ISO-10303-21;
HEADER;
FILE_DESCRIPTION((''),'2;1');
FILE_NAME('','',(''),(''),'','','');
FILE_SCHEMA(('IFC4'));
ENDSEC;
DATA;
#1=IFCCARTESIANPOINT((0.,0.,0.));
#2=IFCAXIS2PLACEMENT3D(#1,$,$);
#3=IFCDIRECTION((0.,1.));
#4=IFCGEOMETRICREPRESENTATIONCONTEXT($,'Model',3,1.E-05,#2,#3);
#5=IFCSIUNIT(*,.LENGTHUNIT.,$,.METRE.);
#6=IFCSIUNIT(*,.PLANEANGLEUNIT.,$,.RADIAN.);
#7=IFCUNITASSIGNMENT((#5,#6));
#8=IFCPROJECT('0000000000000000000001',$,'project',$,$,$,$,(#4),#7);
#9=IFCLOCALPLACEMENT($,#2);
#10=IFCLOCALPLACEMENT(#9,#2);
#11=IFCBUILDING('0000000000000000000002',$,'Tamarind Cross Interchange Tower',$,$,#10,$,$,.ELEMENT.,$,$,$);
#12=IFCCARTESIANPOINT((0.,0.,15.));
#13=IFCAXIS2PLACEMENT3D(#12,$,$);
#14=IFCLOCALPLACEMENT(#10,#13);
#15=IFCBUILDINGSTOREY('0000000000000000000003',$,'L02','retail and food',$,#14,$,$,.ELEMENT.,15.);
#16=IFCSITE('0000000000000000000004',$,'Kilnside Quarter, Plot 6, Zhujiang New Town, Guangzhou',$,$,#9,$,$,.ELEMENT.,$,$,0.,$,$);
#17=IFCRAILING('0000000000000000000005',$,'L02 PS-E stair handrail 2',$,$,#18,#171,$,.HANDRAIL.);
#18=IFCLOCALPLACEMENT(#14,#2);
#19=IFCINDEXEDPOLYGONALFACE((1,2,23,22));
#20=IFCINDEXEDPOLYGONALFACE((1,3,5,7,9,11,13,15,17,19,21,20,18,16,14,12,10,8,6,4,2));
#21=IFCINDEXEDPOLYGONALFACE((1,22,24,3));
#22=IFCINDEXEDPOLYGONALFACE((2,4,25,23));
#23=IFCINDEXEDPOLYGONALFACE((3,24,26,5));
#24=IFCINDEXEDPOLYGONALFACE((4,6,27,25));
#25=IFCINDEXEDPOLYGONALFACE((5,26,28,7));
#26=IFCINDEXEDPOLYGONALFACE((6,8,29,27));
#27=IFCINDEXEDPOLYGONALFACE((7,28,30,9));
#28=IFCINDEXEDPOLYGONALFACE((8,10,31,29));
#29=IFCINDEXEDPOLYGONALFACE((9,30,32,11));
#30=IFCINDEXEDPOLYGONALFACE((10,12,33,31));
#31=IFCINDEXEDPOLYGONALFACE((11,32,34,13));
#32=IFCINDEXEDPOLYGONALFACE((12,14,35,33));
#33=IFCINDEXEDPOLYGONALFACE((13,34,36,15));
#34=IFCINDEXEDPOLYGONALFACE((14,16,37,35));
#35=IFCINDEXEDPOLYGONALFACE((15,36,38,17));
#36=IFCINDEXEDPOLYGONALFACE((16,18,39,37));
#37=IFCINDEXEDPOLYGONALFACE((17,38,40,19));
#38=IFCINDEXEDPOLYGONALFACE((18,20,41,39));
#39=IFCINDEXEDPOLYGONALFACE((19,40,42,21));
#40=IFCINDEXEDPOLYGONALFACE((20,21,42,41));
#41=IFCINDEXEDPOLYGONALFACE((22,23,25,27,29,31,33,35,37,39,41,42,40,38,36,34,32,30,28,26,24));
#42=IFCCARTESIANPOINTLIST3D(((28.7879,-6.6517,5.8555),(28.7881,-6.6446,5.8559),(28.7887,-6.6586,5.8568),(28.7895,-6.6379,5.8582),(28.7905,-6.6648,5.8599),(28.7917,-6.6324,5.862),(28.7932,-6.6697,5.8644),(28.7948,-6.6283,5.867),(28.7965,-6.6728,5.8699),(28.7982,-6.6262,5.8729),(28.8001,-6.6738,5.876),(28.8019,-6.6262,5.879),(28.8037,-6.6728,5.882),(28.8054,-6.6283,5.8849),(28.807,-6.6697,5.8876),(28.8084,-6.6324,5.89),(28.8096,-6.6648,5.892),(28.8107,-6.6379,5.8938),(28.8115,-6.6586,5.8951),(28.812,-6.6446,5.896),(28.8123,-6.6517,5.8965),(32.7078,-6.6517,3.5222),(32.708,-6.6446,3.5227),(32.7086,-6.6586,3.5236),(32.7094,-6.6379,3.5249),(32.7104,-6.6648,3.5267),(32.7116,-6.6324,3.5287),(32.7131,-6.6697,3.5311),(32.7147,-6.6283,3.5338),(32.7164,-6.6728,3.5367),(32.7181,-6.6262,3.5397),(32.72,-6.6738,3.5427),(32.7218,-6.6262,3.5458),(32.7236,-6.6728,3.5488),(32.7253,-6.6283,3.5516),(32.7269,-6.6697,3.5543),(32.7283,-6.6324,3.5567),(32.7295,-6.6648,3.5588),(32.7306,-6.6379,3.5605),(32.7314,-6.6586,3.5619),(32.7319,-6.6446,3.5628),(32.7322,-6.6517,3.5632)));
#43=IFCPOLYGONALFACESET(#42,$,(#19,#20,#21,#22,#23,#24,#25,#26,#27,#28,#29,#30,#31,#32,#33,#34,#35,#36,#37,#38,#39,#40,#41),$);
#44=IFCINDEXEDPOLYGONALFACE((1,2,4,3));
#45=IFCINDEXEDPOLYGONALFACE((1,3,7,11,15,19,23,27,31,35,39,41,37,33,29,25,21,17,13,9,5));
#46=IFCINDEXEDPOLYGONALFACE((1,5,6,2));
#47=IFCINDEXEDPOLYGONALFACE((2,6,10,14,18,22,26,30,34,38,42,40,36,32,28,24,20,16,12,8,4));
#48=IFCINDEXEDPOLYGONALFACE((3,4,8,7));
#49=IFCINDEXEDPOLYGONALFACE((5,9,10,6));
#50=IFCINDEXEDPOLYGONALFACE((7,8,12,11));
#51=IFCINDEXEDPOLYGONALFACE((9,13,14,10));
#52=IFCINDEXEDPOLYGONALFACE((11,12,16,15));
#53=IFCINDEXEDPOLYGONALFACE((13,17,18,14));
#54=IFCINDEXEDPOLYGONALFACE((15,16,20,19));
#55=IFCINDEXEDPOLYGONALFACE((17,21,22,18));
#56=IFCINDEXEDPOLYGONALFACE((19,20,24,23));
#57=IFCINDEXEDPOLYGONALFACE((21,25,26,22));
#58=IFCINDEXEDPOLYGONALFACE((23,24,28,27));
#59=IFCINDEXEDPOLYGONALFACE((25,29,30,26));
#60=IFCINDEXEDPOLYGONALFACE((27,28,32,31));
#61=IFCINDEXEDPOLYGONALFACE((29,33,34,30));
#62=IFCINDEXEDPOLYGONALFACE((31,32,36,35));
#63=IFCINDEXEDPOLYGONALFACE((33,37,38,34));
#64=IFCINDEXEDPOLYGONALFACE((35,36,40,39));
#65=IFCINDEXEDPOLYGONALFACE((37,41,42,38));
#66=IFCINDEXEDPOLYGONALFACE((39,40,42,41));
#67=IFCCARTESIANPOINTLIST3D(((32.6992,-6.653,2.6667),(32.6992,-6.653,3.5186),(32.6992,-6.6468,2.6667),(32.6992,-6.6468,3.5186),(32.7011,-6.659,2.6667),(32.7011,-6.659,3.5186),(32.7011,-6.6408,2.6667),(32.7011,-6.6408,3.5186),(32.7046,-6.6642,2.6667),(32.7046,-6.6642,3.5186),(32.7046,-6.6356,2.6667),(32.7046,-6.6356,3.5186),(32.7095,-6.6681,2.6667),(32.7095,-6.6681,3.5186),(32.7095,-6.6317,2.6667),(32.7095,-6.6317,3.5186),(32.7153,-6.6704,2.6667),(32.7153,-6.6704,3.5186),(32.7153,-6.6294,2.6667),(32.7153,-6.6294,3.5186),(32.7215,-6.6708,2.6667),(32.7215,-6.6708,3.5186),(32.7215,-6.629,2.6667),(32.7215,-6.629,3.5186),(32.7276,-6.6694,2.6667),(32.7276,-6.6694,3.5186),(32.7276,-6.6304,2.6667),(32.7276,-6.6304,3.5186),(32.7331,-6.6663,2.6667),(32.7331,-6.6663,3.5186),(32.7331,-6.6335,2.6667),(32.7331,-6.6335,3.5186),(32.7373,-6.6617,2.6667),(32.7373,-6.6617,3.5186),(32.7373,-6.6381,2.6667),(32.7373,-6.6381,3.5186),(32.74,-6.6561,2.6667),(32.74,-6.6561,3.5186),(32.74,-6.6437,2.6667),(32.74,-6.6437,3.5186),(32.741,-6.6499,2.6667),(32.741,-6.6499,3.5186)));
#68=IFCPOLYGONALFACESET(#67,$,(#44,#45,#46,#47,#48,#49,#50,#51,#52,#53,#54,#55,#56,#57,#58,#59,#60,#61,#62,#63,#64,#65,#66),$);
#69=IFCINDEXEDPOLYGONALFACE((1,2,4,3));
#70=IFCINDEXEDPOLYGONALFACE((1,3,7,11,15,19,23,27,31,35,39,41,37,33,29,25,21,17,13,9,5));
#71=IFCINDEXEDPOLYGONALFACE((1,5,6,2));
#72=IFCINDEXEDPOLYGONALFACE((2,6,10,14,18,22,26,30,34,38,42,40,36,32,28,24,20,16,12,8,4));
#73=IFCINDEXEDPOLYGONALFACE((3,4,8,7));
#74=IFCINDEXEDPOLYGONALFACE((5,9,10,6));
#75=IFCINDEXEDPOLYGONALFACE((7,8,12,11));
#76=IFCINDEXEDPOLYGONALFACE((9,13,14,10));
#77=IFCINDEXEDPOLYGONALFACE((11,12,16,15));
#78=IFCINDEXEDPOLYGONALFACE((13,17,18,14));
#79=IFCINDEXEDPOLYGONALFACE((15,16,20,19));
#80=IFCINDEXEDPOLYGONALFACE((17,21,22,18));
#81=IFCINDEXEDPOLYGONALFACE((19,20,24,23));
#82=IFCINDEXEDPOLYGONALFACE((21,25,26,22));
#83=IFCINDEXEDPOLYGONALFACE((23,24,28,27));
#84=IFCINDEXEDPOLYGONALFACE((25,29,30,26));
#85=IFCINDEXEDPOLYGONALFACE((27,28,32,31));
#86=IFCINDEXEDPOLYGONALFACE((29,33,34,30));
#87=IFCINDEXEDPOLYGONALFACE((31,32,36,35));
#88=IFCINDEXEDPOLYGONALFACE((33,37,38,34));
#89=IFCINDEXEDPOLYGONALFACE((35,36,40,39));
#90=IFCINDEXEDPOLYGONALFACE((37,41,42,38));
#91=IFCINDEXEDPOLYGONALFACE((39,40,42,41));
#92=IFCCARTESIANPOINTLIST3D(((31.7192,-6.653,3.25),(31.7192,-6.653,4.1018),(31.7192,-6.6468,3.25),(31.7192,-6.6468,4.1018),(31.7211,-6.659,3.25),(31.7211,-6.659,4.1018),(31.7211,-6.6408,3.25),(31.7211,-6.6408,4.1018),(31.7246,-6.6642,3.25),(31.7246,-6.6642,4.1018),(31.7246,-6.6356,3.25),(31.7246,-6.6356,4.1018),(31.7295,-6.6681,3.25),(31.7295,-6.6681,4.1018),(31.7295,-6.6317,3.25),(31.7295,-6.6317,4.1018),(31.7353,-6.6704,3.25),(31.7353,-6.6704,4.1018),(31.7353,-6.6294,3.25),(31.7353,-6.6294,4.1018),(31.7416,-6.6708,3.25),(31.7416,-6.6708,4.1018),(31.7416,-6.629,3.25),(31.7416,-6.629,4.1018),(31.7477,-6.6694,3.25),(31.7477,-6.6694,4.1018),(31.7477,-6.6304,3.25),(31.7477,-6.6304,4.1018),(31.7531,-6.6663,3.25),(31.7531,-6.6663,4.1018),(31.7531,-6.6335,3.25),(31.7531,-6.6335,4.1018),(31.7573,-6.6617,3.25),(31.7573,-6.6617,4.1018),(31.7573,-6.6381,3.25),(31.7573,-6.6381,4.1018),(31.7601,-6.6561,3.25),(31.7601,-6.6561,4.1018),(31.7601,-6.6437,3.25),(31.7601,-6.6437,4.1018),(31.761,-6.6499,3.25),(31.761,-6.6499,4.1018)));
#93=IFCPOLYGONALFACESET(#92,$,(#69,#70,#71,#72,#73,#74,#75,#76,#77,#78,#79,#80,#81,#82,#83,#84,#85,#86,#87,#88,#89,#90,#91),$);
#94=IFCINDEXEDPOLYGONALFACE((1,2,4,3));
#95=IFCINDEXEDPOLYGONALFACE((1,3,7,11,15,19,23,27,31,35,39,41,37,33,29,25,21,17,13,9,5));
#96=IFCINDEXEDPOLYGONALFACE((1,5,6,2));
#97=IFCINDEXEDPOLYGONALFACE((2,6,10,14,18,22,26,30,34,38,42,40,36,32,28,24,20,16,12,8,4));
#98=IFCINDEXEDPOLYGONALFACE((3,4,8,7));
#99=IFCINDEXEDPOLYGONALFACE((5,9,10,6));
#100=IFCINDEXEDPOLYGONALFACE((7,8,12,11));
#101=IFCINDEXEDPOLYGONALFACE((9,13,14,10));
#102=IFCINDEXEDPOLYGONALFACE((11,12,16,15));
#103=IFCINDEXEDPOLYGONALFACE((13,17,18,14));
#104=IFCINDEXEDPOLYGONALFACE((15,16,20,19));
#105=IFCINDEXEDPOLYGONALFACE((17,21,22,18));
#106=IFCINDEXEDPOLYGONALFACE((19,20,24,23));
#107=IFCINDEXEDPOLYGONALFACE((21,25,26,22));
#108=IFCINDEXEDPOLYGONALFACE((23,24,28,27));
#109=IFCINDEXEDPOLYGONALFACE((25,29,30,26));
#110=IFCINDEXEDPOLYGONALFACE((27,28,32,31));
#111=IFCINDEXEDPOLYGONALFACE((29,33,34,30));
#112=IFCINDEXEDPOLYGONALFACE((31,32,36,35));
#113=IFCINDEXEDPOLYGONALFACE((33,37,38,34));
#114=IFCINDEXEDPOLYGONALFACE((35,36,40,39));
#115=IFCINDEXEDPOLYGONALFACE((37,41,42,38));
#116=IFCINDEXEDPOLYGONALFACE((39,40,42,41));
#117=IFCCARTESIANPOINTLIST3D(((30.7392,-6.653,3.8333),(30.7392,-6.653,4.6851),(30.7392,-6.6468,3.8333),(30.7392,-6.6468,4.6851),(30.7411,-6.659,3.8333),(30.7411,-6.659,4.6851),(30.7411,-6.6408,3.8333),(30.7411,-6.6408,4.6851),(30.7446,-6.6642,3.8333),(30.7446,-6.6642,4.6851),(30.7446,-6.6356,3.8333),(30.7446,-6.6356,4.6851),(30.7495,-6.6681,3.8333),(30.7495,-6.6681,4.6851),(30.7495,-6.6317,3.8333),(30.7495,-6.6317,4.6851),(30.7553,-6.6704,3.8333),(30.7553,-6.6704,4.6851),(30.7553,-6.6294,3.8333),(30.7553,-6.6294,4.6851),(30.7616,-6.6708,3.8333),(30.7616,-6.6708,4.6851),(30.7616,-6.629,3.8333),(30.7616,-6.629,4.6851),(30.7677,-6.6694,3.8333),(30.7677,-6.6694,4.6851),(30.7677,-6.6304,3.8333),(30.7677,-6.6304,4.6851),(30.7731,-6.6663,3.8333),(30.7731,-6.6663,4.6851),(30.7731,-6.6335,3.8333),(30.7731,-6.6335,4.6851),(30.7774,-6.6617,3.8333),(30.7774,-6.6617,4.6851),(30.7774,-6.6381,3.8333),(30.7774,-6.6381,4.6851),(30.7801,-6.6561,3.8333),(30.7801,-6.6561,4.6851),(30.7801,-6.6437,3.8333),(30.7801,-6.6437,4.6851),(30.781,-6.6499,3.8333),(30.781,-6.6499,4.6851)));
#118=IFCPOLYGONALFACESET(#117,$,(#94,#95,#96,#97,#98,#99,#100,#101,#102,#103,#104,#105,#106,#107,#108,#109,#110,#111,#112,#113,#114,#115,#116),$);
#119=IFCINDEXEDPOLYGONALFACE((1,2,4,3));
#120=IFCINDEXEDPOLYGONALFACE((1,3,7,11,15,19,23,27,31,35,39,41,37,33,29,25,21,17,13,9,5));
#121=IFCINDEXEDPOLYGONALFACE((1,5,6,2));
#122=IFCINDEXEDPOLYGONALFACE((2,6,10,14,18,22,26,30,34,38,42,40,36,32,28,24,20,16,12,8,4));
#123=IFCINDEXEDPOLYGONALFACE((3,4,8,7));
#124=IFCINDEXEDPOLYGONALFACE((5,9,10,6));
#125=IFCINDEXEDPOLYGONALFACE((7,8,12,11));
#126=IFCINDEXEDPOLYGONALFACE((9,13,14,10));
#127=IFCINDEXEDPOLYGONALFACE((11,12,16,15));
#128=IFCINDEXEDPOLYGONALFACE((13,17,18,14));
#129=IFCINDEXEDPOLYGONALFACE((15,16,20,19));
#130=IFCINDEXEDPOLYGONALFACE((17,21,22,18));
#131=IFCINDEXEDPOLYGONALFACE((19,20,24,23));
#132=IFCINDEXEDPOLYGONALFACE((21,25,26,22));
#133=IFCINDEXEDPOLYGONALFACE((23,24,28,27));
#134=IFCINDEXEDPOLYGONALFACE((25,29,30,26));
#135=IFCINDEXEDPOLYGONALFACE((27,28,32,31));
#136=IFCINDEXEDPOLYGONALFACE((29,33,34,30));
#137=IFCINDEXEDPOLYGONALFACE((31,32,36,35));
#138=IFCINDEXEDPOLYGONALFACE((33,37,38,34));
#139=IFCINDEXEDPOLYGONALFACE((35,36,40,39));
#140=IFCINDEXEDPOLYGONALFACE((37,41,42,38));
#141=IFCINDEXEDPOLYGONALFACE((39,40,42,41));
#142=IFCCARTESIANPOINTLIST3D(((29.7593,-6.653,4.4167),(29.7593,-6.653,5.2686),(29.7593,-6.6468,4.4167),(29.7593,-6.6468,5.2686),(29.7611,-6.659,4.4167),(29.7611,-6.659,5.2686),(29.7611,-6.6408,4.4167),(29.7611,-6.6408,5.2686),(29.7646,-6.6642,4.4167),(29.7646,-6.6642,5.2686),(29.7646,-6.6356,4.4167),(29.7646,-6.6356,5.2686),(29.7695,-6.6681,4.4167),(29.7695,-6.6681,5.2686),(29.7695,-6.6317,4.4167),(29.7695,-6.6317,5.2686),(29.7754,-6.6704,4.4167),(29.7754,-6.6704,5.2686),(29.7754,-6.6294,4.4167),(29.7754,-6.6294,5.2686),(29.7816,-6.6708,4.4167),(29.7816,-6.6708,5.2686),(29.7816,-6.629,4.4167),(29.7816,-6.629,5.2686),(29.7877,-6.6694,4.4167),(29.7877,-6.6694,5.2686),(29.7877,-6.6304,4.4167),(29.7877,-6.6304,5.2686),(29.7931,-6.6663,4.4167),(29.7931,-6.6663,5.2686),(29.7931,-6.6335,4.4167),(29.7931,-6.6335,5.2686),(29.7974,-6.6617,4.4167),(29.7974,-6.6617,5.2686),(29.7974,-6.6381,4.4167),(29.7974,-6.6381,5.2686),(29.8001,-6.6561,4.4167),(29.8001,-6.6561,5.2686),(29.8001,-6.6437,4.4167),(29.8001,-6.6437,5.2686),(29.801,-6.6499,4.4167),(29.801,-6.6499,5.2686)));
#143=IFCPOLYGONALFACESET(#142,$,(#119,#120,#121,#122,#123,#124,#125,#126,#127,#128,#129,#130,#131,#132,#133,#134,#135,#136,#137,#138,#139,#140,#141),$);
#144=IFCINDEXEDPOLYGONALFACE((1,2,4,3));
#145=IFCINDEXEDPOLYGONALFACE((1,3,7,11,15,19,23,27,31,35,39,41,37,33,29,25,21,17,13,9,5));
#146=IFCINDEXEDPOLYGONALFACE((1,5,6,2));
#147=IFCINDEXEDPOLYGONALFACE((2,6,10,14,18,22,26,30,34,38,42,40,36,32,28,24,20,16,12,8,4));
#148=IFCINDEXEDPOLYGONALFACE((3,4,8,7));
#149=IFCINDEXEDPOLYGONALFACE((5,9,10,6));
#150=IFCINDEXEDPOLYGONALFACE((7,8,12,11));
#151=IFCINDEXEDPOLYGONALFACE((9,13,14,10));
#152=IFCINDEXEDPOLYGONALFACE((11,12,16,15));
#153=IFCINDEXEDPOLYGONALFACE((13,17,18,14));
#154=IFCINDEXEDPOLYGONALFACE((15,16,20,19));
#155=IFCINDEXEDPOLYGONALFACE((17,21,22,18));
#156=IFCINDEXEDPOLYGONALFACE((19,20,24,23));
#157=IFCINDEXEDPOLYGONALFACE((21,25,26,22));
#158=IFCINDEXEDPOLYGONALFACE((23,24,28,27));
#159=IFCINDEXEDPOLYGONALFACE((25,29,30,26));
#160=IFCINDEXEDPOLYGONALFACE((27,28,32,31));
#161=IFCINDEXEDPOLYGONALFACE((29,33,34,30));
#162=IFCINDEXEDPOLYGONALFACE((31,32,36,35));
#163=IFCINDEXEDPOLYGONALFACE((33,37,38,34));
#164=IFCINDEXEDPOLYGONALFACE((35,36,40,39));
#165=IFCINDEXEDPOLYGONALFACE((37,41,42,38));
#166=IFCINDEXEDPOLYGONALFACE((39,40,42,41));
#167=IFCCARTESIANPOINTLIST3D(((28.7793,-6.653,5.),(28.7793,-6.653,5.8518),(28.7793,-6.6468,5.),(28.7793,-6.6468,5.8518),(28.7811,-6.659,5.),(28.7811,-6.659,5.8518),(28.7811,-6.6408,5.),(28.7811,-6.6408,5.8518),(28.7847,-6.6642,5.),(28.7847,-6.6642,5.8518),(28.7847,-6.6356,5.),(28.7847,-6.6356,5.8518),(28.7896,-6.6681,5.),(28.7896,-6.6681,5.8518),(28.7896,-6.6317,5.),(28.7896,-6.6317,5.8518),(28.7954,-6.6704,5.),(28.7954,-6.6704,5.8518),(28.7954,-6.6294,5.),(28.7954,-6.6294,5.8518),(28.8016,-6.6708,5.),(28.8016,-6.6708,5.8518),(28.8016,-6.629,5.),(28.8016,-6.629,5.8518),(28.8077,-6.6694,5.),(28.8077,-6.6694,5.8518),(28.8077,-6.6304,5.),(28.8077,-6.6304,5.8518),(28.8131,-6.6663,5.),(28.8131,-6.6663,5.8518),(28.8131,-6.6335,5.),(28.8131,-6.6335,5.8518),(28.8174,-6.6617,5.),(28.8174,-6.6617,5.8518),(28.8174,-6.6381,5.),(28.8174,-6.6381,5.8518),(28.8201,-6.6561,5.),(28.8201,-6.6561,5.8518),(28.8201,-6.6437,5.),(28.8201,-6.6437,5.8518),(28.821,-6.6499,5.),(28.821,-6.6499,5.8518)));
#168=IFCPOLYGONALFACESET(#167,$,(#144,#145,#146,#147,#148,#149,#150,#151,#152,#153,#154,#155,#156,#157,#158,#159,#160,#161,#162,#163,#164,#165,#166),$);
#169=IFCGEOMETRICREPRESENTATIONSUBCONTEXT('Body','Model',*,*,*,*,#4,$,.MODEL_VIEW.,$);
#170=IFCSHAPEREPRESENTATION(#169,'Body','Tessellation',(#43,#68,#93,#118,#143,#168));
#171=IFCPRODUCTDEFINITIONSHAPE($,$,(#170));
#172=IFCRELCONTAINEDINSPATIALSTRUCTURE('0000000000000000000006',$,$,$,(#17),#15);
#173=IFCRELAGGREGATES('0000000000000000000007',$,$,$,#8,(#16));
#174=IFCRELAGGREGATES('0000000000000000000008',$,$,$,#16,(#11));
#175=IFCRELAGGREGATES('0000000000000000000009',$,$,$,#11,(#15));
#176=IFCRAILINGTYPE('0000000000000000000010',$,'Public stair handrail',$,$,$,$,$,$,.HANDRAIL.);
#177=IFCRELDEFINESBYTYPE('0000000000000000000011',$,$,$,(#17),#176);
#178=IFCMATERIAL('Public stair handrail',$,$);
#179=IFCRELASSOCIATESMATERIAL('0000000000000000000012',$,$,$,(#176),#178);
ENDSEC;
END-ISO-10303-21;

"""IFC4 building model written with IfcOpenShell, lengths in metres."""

from ifc_helpers import new_model, si_unit, direction, frame, origin, origin_2d, place, context, subcontext, project, spatial, circle, extrude, material, type_object, element, save


model = new_model("IFC4")

# Units and contexts
model_context = context("Model", 3, precision=1e-05, world=origin(), true_north=direction((0.0, 1.0)))
body_context = subcontext(model_context, "Body", "Model", "MODEL_VIEW")
ifc_project = project(units=[si_unit("LENGTHUNIT", "METRE"), si_unit("PLANEANGLEUNIT", "RADIAN")], contexts=[model_context])

# Site, building, storey
site_placement = place(None, origin())
site = spatial("IfcSite", under=ifc_project, at=site_placement, Name="Kilnside Quarter, Plot 6, Zhujiang New Town, Guangzhou", CompositionType="ELEMENT", RefElevation=0.0)
building_placement = place(site_placement, origin())
building = spatial("IfcBuilding", under=site, at=building_placement, Name="Tamarind Cross Interchange Tower", CompositionType="ELEMENT")
storey_placement = place(building_placement, frame((0.0, 0.0, 15.0)))
storey = spatial("IfcBuildingStorey", under=building, at=storey_placement, Name="L02", Description="retail and food", CompositionType="ELEMENT", Elevation=15.0)

# Railing
ifc_material_1 = material(Name="Public stair handrail")
railing_type_1 = type_object("IfcRailingType", Name="Public stair handrail", PredefinedType="HANDRAIL", material=ifc_material_1)
railing_1_placement = place(storey_placement, frame((32.72, -6.6499, 2.6667)))
element("IfcRailing", 1, at=railing_1_placement, inside=storey, type_object=railing_type_1, Name="L02 PS-E stair handrail 2", PredefinedType="HANDRAIL", context=body_context, shape_type="SweptSolid", body=[
    extrude(circle(Radius=0.0239, at=origin_2d()), frame((0.0, 0.0, 0.876), z_axis=(-0.859296, 0.0, 0.511478), x_axis=(0.0, -1.0, 0.0)), (0.0, 0.0, 1.0), 4.5618),
    extrude(circle(Radius=0.021, at=origin_2d()), origin(), (0.0, 0.0, 1.0), 0.8518),
    extrude(circle(Radius=0.021, at=origin_2d()), frame((-0.98, 0.0, 0.5833)), (0.0, 0.0, 1.0), 0.8518),
    extrude(circle(Radius=0.021, at=origin_2d()), frame((-1.96, 0.0, 1.1665)), (0.0, 0.0, 1.0), 0.8518),
    extrude(circle(Radius=0.021, at=origin_2d()), frame((-2.9399, 0.0, 1.75)), (0.0, 0.0, 1.0), 0.8518),
    extrude(circle(Radius=0.021, at=origin_2d()), frame((-3.9199, 0.0, 2.3333)), (0.0, 0.0, 1.0), 0.8518),
])

save(model, "model.ifc")
